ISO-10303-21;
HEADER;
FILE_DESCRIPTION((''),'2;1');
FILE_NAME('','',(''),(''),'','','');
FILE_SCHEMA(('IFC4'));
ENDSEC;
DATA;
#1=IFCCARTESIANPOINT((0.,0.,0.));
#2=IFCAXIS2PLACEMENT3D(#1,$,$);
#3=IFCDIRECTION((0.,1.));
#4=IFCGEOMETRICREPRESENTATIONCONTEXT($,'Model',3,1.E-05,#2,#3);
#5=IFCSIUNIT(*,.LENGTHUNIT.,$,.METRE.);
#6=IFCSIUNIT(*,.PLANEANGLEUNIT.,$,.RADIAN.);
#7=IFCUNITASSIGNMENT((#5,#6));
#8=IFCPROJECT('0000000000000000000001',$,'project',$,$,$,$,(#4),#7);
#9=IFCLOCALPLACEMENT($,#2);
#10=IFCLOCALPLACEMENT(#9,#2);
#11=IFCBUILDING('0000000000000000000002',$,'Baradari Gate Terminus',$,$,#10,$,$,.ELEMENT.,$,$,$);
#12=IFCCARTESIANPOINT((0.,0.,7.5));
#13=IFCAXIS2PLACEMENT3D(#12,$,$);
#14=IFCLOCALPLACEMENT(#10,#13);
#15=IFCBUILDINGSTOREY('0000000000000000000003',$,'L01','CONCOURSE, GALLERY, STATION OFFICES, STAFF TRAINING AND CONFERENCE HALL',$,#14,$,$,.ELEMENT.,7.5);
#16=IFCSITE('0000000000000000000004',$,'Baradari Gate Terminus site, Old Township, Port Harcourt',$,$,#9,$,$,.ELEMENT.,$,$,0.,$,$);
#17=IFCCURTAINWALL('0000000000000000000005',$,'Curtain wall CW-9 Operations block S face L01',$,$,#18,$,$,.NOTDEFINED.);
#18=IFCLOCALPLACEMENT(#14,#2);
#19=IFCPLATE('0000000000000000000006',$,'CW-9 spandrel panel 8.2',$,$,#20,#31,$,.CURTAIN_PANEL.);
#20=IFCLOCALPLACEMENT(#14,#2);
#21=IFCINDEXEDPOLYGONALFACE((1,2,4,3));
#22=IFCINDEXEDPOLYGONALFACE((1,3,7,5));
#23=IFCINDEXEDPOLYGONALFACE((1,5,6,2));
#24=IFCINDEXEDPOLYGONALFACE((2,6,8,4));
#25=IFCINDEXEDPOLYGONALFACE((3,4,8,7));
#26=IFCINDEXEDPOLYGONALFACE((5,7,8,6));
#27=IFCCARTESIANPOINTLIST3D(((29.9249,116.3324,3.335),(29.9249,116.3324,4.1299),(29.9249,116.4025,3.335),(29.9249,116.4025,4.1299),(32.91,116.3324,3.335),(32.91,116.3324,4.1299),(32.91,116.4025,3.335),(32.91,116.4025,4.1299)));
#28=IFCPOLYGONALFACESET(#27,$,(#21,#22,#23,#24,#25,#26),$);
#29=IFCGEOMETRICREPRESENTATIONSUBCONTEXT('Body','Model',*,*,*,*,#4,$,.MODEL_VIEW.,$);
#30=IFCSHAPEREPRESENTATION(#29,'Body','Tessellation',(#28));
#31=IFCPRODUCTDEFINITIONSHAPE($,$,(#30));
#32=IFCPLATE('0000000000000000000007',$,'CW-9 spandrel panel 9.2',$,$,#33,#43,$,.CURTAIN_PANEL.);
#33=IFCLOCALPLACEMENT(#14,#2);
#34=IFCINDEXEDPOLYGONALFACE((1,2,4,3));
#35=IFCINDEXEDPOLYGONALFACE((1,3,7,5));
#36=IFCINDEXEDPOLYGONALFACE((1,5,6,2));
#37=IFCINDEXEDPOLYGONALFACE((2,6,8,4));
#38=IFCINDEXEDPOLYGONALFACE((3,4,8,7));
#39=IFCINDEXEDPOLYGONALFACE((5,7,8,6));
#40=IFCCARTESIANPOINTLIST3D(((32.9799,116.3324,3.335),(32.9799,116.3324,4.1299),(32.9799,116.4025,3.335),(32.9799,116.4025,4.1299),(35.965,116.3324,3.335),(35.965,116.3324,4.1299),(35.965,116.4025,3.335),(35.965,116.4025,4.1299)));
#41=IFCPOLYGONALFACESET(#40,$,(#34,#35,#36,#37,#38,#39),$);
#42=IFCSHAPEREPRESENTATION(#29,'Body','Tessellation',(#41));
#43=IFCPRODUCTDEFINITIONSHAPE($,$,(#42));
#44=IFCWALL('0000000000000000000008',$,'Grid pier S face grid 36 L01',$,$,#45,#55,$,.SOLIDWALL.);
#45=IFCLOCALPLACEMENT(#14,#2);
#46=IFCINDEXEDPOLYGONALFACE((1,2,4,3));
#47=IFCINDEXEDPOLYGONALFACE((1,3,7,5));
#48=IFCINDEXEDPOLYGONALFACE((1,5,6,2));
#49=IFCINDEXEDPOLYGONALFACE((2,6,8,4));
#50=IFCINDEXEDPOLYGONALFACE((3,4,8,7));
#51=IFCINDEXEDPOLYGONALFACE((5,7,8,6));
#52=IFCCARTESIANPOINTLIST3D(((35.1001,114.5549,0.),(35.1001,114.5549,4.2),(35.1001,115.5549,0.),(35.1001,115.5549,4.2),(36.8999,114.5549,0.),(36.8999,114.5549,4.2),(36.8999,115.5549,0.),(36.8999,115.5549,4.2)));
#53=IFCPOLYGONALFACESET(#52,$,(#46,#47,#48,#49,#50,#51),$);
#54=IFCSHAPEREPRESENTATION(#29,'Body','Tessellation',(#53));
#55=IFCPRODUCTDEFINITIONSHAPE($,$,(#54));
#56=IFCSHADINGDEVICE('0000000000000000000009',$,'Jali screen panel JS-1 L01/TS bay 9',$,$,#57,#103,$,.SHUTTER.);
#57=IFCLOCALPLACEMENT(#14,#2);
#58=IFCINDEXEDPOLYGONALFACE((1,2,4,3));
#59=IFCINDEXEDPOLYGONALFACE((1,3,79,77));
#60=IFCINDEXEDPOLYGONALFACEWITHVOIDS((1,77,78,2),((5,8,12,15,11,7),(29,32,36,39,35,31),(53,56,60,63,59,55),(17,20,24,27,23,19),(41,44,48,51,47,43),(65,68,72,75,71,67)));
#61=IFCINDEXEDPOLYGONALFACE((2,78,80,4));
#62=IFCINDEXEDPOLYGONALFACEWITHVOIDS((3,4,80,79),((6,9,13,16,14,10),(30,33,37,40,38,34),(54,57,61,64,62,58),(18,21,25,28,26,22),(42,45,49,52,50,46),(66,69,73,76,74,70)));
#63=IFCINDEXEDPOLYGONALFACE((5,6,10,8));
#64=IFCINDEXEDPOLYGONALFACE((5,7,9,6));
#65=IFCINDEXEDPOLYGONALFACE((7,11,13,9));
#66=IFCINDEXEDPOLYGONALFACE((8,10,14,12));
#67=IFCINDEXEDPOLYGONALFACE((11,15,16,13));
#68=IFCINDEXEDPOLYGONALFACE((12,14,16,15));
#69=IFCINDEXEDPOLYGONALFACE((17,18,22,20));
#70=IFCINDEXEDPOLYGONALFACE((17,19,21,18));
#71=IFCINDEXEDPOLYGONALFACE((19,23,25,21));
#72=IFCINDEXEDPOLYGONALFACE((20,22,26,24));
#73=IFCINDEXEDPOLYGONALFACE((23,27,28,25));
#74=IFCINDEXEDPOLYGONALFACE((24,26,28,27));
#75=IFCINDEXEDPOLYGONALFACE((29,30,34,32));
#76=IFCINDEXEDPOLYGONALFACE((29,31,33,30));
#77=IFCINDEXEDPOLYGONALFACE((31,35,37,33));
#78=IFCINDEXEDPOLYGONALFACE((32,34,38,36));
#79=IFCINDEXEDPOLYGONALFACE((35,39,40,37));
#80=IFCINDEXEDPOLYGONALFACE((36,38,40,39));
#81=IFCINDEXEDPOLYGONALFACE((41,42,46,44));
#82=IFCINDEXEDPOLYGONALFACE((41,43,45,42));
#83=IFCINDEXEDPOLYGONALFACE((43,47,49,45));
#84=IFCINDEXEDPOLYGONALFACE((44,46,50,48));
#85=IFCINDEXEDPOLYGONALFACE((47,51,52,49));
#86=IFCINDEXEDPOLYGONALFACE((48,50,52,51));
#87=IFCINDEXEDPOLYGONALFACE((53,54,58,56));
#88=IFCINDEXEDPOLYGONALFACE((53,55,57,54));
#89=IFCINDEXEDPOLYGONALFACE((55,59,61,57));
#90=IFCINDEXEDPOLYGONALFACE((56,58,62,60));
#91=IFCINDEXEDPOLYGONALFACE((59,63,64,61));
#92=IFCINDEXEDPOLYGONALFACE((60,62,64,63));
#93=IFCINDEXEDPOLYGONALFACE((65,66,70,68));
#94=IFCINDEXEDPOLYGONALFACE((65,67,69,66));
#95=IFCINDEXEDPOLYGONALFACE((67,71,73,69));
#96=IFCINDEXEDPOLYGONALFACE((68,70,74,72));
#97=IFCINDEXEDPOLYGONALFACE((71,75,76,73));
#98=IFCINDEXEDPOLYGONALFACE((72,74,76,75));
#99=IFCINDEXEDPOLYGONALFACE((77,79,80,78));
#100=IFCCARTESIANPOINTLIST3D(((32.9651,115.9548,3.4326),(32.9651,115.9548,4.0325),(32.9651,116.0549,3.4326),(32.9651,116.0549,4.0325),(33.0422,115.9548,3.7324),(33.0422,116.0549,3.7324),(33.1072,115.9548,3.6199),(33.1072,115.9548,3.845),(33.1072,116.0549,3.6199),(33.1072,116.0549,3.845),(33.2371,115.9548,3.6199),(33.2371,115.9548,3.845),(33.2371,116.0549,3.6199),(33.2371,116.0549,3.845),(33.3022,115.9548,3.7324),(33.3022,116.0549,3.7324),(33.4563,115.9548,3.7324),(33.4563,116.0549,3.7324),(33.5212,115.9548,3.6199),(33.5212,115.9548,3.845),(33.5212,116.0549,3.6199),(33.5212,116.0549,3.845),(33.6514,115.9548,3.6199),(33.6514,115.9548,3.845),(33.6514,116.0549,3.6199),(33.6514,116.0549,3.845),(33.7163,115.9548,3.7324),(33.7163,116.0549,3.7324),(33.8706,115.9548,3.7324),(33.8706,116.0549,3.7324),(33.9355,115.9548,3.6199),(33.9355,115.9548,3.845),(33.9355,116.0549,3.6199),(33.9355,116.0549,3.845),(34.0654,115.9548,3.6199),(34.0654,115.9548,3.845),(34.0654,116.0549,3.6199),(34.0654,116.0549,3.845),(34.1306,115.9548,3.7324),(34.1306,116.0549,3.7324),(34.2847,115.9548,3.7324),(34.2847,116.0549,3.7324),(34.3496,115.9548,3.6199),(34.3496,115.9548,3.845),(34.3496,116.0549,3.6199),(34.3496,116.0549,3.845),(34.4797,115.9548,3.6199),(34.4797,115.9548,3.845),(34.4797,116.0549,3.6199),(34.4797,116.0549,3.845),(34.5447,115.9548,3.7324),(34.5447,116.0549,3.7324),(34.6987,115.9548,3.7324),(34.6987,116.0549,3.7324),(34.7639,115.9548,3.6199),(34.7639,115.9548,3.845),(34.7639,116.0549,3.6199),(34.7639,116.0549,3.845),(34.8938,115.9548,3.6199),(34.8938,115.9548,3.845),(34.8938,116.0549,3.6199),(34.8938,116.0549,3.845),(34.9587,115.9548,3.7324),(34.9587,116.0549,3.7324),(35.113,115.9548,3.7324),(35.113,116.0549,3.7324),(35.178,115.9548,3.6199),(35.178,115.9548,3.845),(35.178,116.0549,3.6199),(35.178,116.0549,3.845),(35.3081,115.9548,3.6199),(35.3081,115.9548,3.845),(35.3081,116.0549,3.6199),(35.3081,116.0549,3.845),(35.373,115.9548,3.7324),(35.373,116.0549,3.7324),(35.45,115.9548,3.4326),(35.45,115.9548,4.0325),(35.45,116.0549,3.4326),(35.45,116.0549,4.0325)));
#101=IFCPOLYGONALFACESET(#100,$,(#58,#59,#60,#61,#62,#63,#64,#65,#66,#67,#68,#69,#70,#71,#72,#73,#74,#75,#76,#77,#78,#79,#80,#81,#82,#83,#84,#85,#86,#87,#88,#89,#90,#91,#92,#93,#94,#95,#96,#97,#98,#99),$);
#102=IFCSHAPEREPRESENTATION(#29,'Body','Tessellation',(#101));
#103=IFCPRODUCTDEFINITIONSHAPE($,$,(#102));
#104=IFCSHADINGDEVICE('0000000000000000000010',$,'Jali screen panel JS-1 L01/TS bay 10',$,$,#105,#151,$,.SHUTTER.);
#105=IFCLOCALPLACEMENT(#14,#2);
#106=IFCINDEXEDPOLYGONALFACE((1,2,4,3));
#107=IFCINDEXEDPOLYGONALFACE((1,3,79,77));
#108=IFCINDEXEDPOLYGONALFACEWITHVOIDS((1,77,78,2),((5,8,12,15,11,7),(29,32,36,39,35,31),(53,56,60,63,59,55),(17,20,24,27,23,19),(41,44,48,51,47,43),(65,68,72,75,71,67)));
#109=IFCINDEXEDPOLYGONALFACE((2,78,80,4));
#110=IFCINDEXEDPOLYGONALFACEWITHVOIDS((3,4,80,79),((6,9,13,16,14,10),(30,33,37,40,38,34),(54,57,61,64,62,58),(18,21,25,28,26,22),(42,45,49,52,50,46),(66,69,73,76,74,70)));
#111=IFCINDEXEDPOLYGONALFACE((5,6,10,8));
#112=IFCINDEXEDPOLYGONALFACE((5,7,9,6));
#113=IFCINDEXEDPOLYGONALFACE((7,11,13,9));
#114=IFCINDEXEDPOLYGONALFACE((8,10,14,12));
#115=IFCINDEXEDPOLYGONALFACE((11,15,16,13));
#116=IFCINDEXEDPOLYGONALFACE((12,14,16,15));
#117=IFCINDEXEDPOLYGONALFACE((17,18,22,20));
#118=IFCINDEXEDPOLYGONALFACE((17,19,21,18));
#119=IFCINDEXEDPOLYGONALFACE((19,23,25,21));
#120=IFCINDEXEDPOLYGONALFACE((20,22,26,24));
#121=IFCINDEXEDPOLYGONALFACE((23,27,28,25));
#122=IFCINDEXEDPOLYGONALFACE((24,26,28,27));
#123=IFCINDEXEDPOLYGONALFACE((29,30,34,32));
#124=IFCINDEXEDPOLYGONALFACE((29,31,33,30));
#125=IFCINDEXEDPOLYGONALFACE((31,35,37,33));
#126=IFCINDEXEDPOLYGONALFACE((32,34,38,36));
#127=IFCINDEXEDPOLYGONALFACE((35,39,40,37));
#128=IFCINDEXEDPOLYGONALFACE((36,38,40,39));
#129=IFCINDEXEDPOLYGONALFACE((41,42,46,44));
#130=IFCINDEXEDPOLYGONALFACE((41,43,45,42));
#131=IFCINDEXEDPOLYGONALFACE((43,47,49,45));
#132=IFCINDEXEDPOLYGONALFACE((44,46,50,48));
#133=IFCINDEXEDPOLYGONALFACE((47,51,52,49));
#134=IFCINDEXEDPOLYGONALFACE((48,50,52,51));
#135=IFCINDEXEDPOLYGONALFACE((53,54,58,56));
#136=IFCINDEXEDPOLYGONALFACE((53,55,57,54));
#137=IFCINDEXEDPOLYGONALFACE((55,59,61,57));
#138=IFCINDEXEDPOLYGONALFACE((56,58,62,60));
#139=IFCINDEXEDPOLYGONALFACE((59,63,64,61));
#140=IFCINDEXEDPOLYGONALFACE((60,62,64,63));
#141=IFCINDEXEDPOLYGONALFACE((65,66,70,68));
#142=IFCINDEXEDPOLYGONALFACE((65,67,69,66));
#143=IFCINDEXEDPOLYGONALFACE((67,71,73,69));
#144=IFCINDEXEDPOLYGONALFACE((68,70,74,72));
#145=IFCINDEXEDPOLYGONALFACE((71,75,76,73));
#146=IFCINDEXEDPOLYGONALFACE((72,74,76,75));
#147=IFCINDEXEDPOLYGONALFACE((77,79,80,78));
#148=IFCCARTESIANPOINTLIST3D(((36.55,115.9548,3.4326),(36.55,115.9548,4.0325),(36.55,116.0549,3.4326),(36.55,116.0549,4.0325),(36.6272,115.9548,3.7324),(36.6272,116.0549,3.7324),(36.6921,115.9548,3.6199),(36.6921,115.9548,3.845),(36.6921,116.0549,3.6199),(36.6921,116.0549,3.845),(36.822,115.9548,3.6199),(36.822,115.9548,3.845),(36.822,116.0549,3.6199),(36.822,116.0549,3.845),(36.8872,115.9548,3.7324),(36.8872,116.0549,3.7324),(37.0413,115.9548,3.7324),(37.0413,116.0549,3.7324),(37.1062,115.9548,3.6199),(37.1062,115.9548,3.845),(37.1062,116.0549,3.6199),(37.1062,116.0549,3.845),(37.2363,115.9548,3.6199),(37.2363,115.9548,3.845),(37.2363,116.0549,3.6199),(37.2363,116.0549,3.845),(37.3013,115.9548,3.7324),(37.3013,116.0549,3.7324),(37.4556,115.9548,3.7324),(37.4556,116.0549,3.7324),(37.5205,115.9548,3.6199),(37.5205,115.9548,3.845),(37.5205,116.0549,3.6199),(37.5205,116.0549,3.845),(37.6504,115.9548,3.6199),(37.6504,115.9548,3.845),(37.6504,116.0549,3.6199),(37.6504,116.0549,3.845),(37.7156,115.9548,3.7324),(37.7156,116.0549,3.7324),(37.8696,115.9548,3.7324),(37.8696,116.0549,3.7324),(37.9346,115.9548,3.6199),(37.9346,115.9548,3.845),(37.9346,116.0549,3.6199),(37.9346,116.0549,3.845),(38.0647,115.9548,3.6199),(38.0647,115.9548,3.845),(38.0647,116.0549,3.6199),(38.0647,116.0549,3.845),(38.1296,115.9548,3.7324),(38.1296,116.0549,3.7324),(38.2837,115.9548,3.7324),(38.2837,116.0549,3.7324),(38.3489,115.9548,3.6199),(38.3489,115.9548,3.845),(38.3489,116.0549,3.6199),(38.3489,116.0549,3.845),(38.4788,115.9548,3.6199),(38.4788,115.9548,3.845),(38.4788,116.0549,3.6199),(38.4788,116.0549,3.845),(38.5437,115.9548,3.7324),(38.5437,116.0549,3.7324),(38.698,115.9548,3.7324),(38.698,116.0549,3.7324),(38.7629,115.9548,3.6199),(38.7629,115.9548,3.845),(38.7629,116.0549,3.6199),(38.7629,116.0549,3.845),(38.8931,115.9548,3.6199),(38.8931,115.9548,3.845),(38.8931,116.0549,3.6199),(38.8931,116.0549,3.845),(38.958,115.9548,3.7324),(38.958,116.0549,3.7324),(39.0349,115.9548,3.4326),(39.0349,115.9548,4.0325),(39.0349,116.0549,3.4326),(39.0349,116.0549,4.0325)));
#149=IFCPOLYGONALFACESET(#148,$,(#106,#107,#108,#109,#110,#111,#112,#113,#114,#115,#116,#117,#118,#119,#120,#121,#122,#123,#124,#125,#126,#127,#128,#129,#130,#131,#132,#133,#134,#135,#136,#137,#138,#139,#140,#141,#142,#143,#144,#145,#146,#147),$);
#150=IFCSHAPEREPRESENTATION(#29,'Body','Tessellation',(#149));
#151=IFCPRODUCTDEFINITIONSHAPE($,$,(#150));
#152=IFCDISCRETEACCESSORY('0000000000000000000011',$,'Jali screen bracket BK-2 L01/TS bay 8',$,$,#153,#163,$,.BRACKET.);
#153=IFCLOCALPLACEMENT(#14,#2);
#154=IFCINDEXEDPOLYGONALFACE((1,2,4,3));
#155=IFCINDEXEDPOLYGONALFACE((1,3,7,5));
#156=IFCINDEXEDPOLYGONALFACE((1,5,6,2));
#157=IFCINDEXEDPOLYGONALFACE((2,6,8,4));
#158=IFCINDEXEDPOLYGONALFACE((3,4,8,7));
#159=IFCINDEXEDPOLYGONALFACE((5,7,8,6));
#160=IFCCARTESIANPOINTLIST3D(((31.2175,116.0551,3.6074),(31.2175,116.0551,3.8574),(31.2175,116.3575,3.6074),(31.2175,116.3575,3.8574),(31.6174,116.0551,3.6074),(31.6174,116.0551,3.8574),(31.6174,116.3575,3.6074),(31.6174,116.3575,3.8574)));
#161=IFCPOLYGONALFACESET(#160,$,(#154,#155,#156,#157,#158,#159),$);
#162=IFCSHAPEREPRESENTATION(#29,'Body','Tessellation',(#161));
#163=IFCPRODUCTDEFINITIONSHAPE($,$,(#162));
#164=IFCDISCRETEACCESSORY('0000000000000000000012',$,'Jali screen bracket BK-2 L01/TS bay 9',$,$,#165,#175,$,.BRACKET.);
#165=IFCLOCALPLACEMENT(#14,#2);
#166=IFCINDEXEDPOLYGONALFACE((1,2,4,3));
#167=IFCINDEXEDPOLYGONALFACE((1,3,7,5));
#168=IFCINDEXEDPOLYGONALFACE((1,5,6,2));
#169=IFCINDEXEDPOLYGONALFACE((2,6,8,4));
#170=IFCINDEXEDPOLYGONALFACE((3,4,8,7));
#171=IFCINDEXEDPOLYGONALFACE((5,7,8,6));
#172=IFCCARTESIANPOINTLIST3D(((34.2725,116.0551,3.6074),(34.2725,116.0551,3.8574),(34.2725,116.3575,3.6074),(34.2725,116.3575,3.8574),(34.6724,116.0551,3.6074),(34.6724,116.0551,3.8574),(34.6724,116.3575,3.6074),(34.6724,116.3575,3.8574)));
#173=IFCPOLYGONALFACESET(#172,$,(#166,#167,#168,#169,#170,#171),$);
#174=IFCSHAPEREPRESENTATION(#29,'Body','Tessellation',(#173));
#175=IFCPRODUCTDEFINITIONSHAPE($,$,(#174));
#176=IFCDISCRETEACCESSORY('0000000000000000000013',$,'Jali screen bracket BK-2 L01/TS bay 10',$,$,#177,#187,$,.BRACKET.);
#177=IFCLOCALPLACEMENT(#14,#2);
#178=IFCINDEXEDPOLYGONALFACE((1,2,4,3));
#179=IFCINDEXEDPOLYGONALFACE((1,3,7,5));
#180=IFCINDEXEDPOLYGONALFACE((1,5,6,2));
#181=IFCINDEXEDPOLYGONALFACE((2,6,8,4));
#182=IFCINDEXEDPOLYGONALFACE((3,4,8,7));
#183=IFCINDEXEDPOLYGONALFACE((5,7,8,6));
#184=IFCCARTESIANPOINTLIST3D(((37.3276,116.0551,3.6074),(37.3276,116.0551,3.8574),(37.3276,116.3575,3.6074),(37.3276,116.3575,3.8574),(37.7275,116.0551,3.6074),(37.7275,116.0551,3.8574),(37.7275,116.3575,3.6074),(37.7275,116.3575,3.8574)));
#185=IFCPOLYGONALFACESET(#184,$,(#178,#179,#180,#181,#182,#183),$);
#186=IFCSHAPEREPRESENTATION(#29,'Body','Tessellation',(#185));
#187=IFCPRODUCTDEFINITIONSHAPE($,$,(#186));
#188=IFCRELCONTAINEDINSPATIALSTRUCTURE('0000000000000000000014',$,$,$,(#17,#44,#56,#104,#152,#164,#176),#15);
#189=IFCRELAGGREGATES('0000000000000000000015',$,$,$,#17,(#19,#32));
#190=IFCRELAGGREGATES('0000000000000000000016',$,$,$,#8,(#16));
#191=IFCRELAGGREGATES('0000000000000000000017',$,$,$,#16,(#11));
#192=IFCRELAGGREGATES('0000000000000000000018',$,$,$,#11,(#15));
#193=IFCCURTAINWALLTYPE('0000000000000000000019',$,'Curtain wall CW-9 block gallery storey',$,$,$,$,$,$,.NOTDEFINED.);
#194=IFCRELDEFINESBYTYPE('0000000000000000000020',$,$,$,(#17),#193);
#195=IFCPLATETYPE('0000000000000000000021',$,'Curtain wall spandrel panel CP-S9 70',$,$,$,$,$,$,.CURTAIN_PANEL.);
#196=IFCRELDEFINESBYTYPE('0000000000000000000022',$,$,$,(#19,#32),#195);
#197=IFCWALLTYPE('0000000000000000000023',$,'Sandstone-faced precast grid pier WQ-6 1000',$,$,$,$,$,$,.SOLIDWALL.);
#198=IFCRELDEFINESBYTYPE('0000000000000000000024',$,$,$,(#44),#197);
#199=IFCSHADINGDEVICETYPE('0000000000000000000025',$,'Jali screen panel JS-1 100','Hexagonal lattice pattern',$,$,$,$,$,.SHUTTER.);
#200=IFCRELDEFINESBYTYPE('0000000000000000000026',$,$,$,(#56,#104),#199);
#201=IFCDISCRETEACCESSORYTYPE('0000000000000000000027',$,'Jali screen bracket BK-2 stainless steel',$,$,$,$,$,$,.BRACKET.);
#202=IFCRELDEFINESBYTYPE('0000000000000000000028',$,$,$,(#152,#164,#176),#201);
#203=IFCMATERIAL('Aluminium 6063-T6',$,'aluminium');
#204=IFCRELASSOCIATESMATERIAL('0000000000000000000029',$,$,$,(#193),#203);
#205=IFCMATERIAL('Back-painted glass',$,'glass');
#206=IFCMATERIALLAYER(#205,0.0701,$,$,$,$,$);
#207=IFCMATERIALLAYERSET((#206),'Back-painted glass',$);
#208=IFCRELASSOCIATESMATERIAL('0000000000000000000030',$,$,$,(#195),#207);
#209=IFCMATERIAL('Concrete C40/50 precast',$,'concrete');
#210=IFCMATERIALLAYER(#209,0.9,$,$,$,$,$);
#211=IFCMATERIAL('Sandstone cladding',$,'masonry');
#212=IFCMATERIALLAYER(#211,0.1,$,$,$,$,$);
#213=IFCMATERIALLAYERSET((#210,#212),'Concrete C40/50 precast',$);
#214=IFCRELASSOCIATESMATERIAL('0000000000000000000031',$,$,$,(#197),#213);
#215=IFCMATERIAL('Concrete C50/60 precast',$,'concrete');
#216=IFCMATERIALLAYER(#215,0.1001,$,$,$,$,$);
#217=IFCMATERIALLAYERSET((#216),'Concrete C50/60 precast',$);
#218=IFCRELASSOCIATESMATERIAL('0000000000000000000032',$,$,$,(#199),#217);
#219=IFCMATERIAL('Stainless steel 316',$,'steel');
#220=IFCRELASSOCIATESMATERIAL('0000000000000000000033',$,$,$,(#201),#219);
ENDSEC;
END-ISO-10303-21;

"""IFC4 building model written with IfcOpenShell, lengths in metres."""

from ifc_helpers import new_model, si_unit, direction, frame, frame_2d, origin, origin_2d, place, context, subcontext, project, spatial, polyline, rectangle, outline, extrude, material, layer, layer_set, type_object, element, aggregate, save


model = new_model("IFC4")

# Units and contexts
model_context = context("Model", 3, precision=1e-05, world=origin(), true_north=direction((0.0, 1.0)))
body_context = subcontext(model_context, "Body", "Model", "MODEL_VIEW")
ifc_project = project(units=[si_unit("LENGTHUNIT", "METRE"), si_unit("PLANEANGLEUNIT", "RADIAN")], contexts=[model_context])

# Site, building, storey
site_placement = place(None, origin())
site = spatial("IfcSite", under=ifc_project, at=site_placement, Name="Baradari Gate Terminus site, Old Township, Port Harcourt", CompositionType="ELEMENT", RefElevation=0.0)
building_placement = place(site_placement, origin())
building = spatial("IfcBuilding", under=site, at=building_placement, Name="Baradari Gate Terminus", CompositionType="ELEMENT")
storey_placement = place(building_placement, frame((0.0, 0.0, 7.5)))
storey = spatial("IfcBuildingStorey", under=building, at=storey_placement, Name="L01", Description="CONCOURSE, GALLERY, STATION OFFICES, STAFF TRAINING AND CONFERENCE HALL", CompositionType="ELEMENT", Elevation=7.5)

# Curtain wall, plates
ifc_material_1 = material(Name="Aluminium 6063-T6", Category="aluminium")
curtain_wall_type = type_object("IfcCurtainWallType", Name="Curtain wall CW-9 block gallery storey", PredefinedType="NOTDEFINED", material=ifc_material_1)
curtain_wall_placement = place(storey_placement, origin())
curtain_wall = element("IfcCurtainWall", 1, at=curtain_wall_placement, inside=storey, type_object=curtain_wall_type, Name="Curtain wall CW-9 Operations block S face L01", PredefinedType="NOTDEFINED")
ifc_material_2 = material(Name="Back-painted glass", Category="glass")
ifc_layer_1 = layer(ifc_material_2, 0.0701)
ifc_layer_set_1 = layer_set([ifc_layer_1], Name="Back-painted glass")
plate_type_1 = type_object("IfcPlateType", Name="Curtain wall spandrel panel CP-S9 70", PredefinedType="CURTAIN_PANEL", material=ifc_layer_set_1)
plate_1_placement = place(storey_placement, frame((31.4175, 116.3674, 3.335), z_axis=(0.0, 0.0, 1.0), x_axis=(1.0, 0.0, 0.0)))
plate_1 = element("IfcPlate", 2, at=plate_1_placement, type_object=plate_type_1, Name="CW-9 spandrel panel 8.2", PredefinedType="CURTAIN_PANEL", context=body_context, shape_type="SweptSolid", body=[
    extrude(rectangle(XDim=2.9851, YDim=0.0701, at=origin_2d()), origin(), (0.0, 0.0, 1.0), 0.7949),
])
plate_2_placement = place(storey_placement, frame((34.4724, 116.3674, 3.335), z_axis=(0.0, 0.0, 1.0), x_axis=(1.0, 0.0, 0.0)))
plate_2 = element("IfcPlate", 3, at=plate_2_placement, type_object=plate_type_1, Name="CW-9 spandrel panel 9.2", PredefinedType="CURTAIN_PANEL", context=body_context, shape_type="SweptSolid", body=[
    extrude(rectangle(XDim=2.9851, YDim=0.0701, at=origin_2d()), origin(), (0.0, 0.0, 1.0), 0.7949),
])
aggregate(curtain_wall, [plate_1, plate_2])

# Wall
ifc_material_3 = material(Name="Concrete C40/50 precast", Category="concrete")
ifc_layer_2 = layer(ifc_material_3, 0.9)
ifc_material_4 = material(Name="Sandstone cladding", Category="masonry")
ifc_layer_3 = layer(ifc_material_4, 0.1)
ifc_layer_set_2 = layer_set([ifc_layer_2, ifc_layer_3], Name="Concrete C40/50 precast")
wall_type = type_object("IfcWallType", Name="Sandstone-faced precast grid pier WQ-6 1000", PredefinedType="SOLIDWALL", material=ifc_layer_set_2)
wall_placement = place(storey_placement, frame((35.1001, 115.0549, 0.0), z_axis=(0.0, 0.0, 1.0), x_axis=(1.0, 0.0, 0.0)))
element("IfcWall", 4, at=wall_placement, inside=storey, type_object=wall_type, Name="Grid pier S face grid 36 L01", PredefinedType="SOLIDWALL", context=body_context, shape_type="SweptSolid", body=[
    extrude(rectangle(XDim=1.7998, YDim=1.0, at=frame_2d((0.8999, 0.0))), origin(), (0.0, 0.0, 1.0), 4.2),
])

# Shading devices
ifc_material_5 = material(Name="Concrete C50/60 precast", Category="concrete")
ifc_layer_4 = layer(ifc_material_5, 0.1001)
ifc_layer_set_3 = layer_set([ifc_layer_4], Name="Concrete C50/60 precast")
shading_device_type = type_object("IfcShadingDeviceType", Name="Jali screen panel JS-1 100", Description="Hexagonal lattice pattern", PredefinedType="SHUTTER", material=ifc_layer_set_3)
for number, where, z_axis, x_axis, name in (
    (5, (32.9651, 116.0049, 3.4326), (0.0, 0.0, 1.0), (1.0, 0.0, 0.0), "Jali screen panel JS-1 L01/TS bay 9"),
    (6, (36.55, 116.0049, 3.4326), (0.0, 0.0, 1.0), (1.0, 0.0, 0.0), "Jali screen panel JS-1 L01/TS bay 10"),
):
    element("IfcShadingDevice", number, at=place(storey_placement, frame(where, z_axis=z_axis, x_axis=x_axis)), inside=storey, type_object=shading_device_type, Name=name, PredefinedType="SHUTTER", context=body_context, shape_type="SweptSolid", body=[
        extrude(outline(polyline([(0.0, 0.0), (2.4849, 0.0), (2.4849, 0.5999), (0.0, 0.5999), (0.0, 0.0)]), holes=[polyline([(0.3372, 0.2998), (0.272, 0.1873), (0.1421, 0.1873), (0.0771, 0.2998), (0.1421, 0.4124), (0.272, 0.4124), (0.3372, 0.2998)]), polyline([(0.7512, 0.2998), (0.6863, 0.1873), (0.5562, 0.1873), (0.4912, 0.2998), (0.5562, 0.4124), (0.6863, 0.4124), (0.7512, 0.2998)]), polyline([(1.1655, 0.2998), (1.1003, 0.1873), (0.9705, 0.1873), (0.9055, 0.2998), (0.9705, 0.4124), (1.1003, 0.4124), (1.1655, 0.2998)]), polyline([(1.5796, 0.2998), (1.5146, 0.1873), (1.3845, 0.1873), (1.3196, 0.2998), (1.3845, 0.4124), (1.5146, 0.4124), (1.5796, 0.2998)]), polyline([(1.9937, 0.2998), (1.9287, 0.1873), (1.7988, 0.1873), (1.7336, 0.2998), (1.7988, 0.4124), (1.9287, 0.4124), (1.9937, 0.2998)]), polyline([(2.408, 0.2998), (2.343, 0.1873), (2.2129, 0.1873), (2.1479, 0.2998), (2.2129, 0.4124), (2.343, 0.4124), (2.408, 0.2998)])]), frame((0.0, 0.05, 0.0), z_axis=(0.0, -1.0, 0.0), x_axis=(1.0, 0.0, 0.0)), (0.0, 0.0, 1.0), 0.1001),
    ])

# Discrete accessories
ifc_material_6 = material(Name="Stainless steel 316", Category="steel")
discrete_accessory_type = type_object("IfcDiscreteAccessoryType", Name="Jali screen bracket BK-2 stainless steel", PredefinedType="BRACKET", material=ifc_material_6)
for number, where, z_axis, x_axis, name in (
    (7, (31.4175, 116.2063, 3.6074), (0.0, 0.0, 1.0), (0.0, -1.0, 0.0), "Jali screen bracket BK-2 L01/TS bay 8"),
    (8, (34.4724, 116.2063, 3.6074), (0.0, 0.0, 1.0), (0.0, -1.0, 0.0), "Jali screen bracket BK-2 L01/TS bay 9"),
    (9, (37.5276, 116.2063, 3.6074), (0.0, 0.0, 1.0), (0.0, -1.0, 0.0), "Jali screen bracket BK-2 L01/TS bay 10"),
):
    element("IfcDiscreteAccessory", number, at=place(storey_placement, frame(where, z_axis=z_axis, x_axis=x_axis)), inside=storey, type_object=discrete_accessory_type, Name=name, PredefinedType="BRACKET", context=body_context, shape_type="SweptSolid", body=[
        extrude(rectangle(XDim=0.3025, YDim=0.3999, at=origin_2d()), origin(), (0.0, 0.0, 1.0), 0.25),
    ])

save(model, "model.ifc")
